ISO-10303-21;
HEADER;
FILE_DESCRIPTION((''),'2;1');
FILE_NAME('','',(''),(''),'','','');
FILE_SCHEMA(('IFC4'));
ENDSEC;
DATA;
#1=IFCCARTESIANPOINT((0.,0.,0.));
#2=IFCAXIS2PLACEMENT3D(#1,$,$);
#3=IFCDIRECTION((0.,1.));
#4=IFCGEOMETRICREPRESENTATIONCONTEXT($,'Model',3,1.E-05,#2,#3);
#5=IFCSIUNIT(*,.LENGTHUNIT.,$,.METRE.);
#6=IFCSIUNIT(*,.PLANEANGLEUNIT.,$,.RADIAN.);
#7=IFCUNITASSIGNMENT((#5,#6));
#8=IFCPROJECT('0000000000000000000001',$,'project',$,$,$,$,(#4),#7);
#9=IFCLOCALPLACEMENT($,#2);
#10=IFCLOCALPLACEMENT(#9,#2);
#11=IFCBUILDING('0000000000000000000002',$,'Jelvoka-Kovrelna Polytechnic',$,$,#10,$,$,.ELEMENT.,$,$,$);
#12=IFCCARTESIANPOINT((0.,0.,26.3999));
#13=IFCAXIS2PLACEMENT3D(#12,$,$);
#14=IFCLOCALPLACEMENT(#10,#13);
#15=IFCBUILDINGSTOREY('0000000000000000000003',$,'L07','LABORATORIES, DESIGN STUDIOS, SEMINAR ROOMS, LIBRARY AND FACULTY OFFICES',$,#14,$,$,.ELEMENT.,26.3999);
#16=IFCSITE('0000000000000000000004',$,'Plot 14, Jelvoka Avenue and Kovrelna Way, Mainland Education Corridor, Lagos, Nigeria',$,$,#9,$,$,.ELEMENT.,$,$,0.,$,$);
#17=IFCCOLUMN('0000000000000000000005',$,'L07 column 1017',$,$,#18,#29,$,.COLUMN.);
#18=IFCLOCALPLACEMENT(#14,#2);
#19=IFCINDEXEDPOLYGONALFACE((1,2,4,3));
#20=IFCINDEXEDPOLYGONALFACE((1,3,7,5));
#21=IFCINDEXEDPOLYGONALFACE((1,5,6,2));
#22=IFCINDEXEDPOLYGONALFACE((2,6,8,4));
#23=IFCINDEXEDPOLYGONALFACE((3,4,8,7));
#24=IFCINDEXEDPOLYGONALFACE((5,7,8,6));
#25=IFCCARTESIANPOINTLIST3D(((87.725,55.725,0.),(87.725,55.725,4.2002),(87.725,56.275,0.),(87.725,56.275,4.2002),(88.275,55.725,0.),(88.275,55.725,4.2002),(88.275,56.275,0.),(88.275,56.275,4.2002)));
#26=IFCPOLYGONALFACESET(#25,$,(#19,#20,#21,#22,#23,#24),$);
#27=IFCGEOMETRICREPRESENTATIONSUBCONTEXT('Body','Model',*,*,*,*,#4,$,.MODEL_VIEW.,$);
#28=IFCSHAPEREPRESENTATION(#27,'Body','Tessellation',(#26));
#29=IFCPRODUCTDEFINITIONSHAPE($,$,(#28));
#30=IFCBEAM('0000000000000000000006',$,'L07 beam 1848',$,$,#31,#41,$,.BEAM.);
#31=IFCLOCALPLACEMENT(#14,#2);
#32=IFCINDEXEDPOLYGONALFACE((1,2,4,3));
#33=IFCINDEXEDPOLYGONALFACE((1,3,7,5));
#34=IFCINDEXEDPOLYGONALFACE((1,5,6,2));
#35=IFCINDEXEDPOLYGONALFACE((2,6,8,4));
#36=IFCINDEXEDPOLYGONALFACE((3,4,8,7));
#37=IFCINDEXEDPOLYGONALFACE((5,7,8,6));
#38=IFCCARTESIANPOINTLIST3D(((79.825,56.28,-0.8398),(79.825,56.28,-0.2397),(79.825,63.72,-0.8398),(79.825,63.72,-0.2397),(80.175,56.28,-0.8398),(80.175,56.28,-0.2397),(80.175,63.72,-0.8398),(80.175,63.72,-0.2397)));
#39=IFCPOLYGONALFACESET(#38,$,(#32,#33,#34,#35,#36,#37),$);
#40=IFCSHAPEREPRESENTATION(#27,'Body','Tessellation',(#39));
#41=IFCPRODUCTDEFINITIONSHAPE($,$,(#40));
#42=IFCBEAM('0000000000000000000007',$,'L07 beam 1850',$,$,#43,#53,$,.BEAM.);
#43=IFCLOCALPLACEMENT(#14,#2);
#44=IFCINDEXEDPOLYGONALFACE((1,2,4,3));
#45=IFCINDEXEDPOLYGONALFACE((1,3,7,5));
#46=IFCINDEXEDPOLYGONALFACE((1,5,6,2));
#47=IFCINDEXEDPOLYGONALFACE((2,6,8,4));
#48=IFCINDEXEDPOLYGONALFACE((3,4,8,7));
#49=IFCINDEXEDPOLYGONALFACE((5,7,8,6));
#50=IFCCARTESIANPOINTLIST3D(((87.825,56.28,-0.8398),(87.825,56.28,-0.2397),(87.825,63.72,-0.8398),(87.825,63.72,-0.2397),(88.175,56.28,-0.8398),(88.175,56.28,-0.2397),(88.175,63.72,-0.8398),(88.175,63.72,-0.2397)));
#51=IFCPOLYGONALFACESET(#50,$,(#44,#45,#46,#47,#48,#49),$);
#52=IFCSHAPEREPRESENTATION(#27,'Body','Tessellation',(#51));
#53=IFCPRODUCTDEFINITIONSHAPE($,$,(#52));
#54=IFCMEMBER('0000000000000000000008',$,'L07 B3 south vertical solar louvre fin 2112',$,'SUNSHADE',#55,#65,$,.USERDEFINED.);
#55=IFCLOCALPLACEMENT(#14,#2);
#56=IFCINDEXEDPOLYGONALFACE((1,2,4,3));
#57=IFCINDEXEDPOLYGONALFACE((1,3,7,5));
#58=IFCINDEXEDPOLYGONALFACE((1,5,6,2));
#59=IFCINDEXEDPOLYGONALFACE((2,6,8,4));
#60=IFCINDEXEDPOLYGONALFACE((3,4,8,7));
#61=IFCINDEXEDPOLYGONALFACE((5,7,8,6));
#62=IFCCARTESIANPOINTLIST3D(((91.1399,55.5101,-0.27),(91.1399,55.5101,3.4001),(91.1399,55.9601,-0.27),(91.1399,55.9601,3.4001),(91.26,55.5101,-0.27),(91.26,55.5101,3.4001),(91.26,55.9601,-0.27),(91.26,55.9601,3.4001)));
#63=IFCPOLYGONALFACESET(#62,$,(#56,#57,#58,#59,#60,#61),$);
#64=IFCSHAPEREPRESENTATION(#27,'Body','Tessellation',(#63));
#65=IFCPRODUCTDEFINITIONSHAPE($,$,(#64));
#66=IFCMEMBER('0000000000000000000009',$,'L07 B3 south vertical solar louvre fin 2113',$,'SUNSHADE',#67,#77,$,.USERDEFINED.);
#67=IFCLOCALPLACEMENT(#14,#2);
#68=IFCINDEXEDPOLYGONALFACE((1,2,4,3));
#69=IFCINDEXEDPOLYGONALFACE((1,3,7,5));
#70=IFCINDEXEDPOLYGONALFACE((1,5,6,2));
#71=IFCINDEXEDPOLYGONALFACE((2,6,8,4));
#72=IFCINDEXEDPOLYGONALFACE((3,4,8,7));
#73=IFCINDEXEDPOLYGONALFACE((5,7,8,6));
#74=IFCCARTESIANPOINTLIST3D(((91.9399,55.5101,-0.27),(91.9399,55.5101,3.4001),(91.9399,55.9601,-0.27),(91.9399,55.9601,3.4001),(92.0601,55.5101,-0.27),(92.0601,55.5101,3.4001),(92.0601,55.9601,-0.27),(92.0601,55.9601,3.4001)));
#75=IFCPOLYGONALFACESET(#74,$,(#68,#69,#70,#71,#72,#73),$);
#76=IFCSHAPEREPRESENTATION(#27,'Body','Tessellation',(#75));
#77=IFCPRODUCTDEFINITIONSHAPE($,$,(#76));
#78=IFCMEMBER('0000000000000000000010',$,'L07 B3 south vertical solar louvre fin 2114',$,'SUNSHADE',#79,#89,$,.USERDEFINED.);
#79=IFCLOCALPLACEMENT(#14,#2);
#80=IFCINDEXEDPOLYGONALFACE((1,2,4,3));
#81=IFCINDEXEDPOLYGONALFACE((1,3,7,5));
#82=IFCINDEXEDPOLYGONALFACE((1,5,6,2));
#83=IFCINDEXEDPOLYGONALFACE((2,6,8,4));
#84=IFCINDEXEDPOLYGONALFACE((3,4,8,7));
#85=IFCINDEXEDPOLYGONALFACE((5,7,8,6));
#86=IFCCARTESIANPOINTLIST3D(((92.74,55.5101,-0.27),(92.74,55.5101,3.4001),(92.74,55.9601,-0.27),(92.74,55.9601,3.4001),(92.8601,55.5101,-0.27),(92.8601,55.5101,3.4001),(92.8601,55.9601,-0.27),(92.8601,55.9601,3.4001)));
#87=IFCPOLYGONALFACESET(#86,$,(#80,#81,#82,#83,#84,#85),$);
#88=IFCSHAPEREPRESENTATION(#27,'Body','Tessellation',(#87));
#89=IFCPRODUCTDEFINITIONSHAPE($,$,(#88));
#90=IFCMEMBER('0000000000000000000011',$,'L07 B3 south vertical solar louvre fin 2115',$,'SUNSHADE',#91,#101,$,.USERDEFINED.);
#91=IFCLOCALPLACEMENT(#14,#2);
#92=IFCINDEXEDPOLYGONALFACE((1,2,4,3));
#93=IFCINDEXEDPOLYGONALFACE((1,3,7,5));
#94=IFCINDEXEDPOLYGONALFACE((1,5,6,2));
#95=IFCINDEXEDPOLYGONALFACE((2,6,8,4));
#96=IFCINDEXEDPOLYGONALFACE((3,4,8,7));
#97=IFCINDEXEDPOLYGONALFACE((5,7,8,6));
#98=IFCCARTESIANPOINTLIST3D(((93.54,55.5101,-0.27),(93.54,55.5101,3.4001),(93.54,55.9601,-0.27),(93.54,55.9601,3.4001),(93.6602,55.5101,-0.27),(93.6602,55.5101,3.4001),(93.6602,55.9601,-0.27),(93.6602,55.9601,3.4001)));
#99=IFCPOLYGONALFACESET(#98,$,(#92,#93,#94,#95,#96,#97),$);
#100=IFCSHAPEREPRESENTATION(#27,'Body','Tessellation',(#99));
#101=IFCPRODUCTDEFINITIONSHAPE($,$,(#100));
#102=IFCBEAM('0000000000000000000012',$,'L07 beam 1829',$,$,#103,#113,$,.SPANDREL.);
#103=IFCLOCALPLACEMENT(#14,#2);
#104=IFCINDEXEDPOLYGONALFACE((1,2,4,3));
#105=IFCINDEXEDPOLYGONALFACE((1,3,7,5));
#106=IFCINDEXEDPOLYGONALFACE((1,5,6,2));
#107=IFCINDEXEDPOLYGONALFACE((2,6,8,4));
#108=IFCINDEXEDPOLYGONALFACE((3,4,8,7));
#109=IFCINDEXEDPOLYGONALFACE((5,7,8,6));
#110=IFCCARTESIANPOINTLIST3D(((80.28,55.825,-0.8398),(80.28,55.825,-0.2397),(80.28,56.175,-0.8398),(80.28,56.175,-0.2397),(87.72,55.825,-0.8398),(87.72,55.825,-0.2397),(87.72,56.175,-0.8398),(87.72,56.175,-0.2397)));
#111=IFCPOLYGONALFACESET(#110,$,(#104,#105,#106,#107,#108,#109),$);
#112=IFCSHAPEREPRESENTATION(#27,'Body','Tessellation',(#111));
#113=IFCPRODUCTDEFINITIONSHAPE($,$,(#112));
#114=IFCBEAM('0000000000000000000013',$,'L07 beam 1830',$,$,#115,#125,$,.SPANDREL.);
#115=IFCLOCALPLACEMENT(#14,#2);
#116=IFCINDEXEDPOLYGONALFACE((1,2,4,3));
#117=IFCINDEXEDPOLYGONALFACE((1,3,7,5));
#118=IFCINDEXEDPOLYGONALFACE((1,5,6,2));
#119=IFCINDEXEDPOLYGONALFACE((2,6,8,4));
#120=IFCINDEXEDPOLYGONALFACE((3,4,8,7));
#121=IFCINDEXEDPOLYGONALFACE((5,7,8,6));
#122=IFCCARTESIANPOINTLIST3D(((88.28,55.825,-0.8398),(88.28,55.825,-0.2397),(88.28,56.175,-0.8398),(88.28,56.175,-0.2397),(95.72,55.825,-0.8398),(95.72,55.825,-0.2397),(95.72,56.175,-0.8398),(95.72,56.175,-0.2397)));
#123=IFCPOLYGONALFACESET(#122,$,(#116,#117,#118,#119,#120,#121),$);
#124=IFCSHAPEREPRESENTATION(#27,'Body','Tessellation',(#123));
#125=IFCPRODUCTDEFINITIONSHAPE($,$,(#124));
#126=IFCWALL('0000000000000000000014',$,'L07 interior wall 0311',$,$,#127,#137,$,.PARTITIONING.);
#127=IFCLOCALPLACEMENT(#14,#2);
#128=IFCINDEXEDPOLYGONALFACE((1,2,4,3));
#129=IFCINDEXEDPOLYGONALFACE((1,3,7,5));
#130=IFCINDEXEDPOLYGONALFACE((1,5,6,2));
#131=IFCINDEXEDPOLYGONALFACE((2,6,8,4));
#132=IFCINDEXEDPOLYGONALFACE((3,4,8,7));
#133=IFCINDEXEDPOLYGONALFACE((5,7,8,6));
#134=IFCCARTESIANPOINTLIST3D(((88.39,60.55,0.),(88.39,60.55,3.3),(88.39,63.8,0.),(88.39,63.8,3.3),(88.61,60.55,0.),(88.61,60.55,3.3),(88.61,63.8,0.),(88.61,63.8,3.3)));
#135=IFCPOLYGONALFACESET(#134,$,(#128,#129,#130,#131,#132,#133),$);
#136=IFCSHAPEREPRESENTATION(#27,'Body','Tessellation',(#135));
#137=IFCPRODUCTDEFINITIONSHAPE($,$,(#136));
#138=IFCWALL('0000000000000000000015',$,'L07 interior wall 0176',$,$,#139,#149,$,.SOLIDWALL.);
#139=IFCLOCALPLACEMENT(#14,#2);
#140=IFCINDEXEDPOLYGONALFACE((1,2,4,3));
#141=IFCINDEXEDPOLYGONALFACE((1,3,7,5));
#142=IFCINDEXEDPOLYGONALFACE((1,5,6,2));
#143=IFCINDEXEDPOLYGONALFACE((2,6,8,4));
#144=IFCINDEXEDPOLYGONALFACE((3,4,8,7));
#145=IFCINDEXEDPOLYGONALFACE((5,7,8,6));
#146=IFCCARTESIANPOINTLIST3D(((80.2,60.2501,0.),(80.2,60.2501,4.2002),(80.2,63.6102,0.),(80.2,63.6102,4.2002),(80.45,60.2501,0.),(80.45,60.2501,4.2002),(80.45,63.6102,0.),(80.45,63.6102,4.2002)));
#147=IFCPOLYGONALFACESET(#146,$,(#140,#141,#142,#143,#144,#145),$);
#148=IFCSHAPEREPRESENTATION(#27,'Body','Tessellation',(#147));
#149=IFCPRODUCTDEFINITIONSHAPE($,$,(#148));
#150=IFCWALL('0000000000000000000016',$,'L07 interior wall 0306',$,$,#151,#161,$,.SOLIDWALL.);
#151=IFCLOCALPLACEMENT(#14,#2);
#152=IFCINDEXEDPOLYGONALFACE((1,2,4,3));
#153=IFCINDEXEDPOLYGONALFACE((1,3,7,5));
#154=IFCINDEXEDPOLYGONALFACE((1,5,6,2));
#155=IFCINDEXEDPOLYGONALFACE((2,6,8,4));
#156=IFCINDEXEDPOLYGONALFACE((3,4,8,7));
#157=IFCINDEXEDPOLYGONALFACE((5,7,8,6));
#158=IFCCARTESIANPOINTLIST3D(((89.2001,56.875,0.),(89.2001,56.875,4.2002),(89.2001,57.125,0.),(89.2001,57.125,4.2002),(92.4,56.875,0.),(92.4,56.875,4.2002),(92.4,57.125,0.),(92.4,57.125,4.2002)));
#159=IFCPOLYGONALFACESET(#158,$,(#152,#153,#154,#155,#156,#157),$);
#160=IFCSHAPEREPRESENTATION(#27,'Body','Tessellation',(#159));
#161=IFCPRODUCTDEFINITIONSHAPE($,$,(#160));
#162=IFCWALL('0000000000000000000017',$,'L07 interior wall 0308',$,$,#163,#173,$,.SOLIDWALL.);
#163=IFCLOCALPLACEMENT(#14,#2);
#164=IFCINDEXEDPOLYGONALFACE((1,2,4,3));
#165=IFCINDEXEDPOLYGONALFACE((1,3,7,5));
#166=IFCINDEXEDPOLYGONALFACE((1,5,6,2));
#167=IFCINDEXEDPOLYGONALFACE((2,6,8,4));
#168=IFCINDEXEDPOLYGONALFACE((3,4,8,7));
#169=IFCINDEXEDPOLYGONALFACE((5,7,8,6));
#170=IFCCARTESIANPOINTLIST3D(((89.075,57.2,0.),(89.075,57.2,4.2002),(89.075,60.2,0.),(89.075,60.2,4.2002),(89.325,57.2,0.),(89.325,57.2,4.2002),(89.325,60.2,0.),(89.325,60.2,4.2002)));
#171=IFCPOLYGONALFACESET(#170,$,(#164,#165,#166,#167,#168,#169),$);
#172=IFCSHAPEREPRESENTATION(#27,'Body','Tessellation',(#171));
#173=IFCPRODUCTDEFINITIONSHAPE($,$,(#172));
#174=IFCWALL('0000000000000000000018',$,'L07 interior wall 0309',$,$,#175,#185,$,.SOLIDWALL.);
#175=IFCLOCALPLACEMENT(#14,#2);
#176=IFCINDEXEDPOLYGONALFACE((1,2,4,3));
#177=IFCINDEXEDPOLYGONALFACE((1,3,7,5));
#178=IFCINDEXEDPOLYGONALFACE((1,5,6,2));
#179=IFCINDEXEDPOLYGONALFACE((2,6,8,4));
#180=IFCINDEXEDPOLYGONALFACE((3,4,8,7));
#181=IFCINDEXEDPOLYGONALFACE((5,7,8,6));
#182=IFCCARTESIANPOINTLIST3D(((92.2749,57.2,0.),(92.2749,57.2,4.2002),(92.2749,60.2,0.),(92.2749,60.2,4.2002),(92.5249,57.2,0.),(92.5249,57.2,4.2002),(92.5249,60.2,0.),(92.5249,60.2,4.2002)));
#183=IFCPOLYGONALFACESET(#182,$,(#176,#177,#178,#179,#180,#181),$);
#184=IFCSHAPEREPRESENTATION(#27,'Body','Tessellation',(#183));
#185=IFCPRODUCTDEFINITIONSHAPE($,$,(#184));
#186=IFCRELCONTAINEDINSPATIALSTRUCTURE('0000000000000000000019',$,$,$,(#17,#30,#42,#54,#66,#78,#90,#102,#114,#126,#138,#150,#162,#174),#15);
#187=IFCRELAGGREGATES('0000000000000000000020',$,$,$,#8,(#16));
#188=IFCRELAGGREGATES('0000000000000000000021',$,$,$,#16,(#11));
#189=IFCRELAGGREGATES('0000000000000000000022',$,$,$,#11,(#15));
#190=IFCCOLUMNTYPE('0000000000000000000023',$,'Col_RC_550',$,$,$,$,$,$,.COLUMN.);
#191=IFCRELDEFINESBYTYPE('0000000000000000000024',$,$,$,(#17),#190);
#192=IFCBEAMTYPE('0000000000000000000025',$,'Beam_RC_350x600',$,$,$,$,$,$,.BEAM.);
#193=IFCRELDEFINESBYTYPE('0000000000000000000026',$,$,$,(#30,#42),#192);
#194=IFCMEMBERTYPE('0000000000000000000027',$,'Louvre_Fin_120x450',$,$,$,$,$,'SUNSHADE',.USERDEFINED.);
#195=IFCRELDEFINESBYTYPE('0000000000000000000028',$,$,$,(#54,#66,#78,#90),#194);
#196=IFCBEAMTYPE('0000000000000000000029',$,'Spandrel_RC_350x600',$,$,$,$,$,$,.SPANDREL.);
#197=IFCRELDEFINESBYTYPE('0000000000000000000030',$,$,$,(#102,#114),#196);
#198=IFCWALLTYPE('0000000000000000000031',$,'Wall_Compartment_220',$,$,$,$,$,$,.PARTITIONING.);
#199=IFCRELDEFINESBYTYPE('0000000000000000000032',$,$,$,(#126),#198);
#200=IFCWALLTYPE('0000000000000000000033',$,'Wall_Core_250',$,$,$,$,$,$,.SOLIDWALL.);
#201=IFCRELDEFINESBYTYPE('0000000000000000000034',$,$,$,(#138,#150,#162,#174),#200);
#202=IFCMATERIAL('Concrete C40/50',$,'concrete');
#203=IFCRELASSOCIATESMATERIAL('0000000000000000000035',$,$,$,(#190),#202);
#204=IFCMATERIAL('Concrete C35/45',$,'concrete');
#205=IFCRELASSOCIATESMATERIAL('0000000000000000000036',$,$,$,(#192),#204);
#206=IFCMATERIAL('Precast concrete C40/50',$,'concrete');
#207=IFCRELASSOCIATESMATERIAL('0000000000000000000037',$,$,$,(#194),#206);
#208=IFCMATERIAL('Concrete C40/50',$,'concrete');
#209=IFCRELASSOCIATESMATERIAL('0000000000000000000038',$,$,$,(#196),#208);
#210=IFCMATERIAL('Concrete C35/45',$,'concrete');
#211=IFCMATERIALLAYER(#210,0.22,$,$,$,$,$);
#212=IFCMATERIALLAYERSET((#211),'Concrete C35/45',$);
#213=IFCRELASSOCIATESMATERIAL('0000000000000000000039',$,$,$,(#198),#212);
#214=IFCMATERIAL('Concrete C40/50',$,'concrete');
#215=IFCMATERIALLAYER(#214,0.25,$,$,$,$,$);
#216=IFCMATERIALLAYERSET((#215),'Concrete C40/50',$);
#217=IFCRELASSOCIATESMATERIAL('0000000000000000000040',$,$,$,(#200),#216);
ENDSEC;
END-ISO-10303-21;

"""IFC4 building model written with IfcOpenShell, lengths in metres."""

from ifc_helpers import new_model, si_unit, direction, frame, frame_2d, origin, origin_2d, place, context, subcontext, project, spatial, rectangle, extrude, material, layer, layer_set, material_profile, profile_set, type_object, element, save


model = new_model("IFC4")

# Units and contexts
model_context = context("Model", 3, precision=1e-05, world=origin(), true_north=direction((0.0, 1.0)))
body_context = subcontext(model_context, "Body", "Model", "MODEL_VIEW")
ifc_project = project(units=[si_unit("LENGTHUNIT", "METRE"), si_unit("PLANEANGLEUNIT", "RADIAN")], contexts=[model_context])

# Site, building, storey
site_placement = place(None, origin())
site = spatial("IfcSite", under=ifc_project, at=site_placement, Name="Plot 14, Jelvoka Avenue and Kovrelna Way, Mainland Education Corridor, Lagos, Nigeria", CompositionType="ELEMENT", RefElevation=0.0)
building_placement = place(site_placement, origin())
building = spatial("IfcBuilding", under=site, at=building_placement, Name="Jelvoka-Kovrelna Polytechnic", CompositionType="ELEMENT")
storey_placement = place(building_placement, frame((0.0, 0.0, 26.3999)))
storey = spatial("IfcBuildingStorey", under=building, at=storey_placement, Name="L07", Description="LABORATORIES, DESIGN STUDIOS, SEMINAR ROOMS, LIBRARY AND FACULTY OFFICES", CompositionType="ELEMENT", Elevation=26.3999)

# Column
ifc_material_1 = material(Name="Concrete C40/50", Category="concrete")
ifc_material_profile_1 = material_profile(ifc_material_1, rectangle(XDim=0.55, YDim=0.55, at=origin_2d()), Name="RC 550x550")
ifc_profile_set_1 = profile_set([ifc_material_profile_1], Name="Concrete C40/50")
column_type = type_object("IfcColumnType", Name="Col_RC_550", PredefinedType="COLUMN", material=ifc_profile_set_1)
column_placement = place(storey_placement, frame((88.0, 56.0, 0.0), z_axis=(0.0, 0.0, 1.0), x_axis=(1.0, 0.0, 0.0)))
element("IfcColumn", 1, at=column_placement, inside=storey, type_object=column_type, Name="L07 column 1017", PredefinedType="COLUMN", context=body_context, shape_type="SweptSolid", body=[
    extrude(rectangle(XDim=0.55, YDim=0.55, at=origin_2d()), origin(), (0.0, 0.0, 1.0), 4.2002),
])

# Beams
ifc_material_2 = material(Name="Concrete C35/45", Category="concrete")
ifc_material_profile_2 = material_profile(ifc_material_2, rectangle(XDim=0.3501, YDim=0.6001, at=origin_2d()), Name="RC 350x600")
ifc_profile_set_2 = profile_set([ifc_material_profile_2], Name="Concrete C35/45")
beam_type_1 = type_object("IfcBeamType", Name="Beam_RC_350x600", PredefinedType="BEAM", material=ifc_profile_set_2)
for number, where, z_axis, x_axis, name in (
    (2, (80.0, 56.28, -0.5398), (0.0, 1.0, 0.0), (-1.0, 0.0, 0.0), "L07 beam 1848"),
    (3, (88.0, 56.28, -0.5398), (0.0, 1.0, 0.0), (-1.0, 0.0, 0.0), "L07 beam 1850"),
):
    element("IfcBeam", number, at=place(storey_placement, frame(where, z_axis=z_axis, x_axis=x_axis)), inside=storey, type_object=beam_type_1, Name=name, PredefinedType="BEAM", context=body_context, shape_type="SweptSolid", body=[
        extrude(rectangle(XDim=0.3501, YDim=0.6001, at=origin_2d()), origin(), (0.0, 0.0, 1.0), 7.4399),
    ])

# Members
ifc_material_3 = material(Name="Precast concrete C40/50", Category="concrete")
ifc_material_profile_3 = material_profile(ifc_material_3, rectangle(XDim=0.1201, YDim=0.45, at=origin_2d()), Name="PC 120x450")
ifc_profile_set_3 = profile_set([ifc_material_profile_3], Name="Precast concrete C40/50")
member_type = type_object("IfcMemberType", Name="Louvre_Fin_120x450", ElementType="SUNSHADE", PredefinedType="USERDEFINED", material=ifc_profile_set_3)
for number, where, z_axis, x_axis, name in (
    (4, (91.2, 55.7351, -0.27), (0.0, 0.0, 1.0), (1.0, 0.0, 0.0), "L07 B3 south vertical solar louvre fin 2112"),
    (5, (92.0, 55.7351, -0.27), (0.0, 0.0, 1.0), (1.0, 0.0, 0.0), "L07 B3 south vertical solar louvre fin 2113"),
    (6, (92.8, 55.7351, -0.27), (0.0, 0.0, 1.0), (1.0, 0.0, 0.0), "L07 B3 south vertical solar louvre fin 2114"),
    (7, (93.6001, 55.7351, -0.27), (0.0, 0.0, 1.0), (1.0, 0.0, 0.0), "L07 B3 south vertical solar louvre fin 2115"),
):
    element("IfcMember", number, at=place(storey_placement, frame(where, z_axis=z_axis, x_axis=x_axis)), inside=storey, type_object=member_type, Name=name, ObjectType="SUNSHADE", PredefinedType="USERDEFINED", context=body_context, shape_type="SweptSolid", body=[
        extrude(rectangle(XDim=0.1201, YDim=0.45, at=origin_2d()), origin(), (0.0, 0.0, 1.0), 3.6702),
    ])

# Beams
ifc_material_4 = material(Name="Concrete C40/50", Category="concrete")
ifc_material_profile_4 = material_profile(ifc_material_4, rectangle(XDim=0.3501, YDim=0.6001, at=origin_2d()), Name="RC 350x600")
ifc_profile_set_4 = profile_set([ifc_material_profile_4], Name="Concrete C40/50")
beam_type_2 = type_object("IfcBeamType", Name="Spandrel_RC_350x600", PredefinedType="SPANDREL", material=ifc_profile_set_4)
for number, where, z_axis, x_axis, name in (
    (8, (80.28, 56.0, -0.5398), (1.0, 0.0, 0.0), (0.0, 1.0, 0.0), "L07 beam 1829"),
    (9, (88.28, 56.0, -0.5398), (1.0, 0.0, 0.0), (0.0, 1.0, 0.0), "L07 beam 1830"),
):
    element("IfcBeam", number, at=place(storey_placement, frame(where, z_axis=z_axis, x_axis=x_axis)), inside=storey, type_object=beam_type_2, Name=name, PredefinedType="SPANDREL", context=body_context, shape_type="SweptSolid", body=[
        extrude(rectangle(XDim=0.3501, YDim=0.6001, at=origin_2d()), origin(), (0.0, 0.0, 1.0), 7.4399),
    ])

# Walls
ifc_material_5 = material(Name="Concrete C35/45", Category="concrete")
ifc_layer_1 = layer(ifc_material_5, 0.22)
ifc_layer_set_1 = layer_set([ifc_layer_1], Name="Concrete C35/45")
wall_type_1 = type_object("IfcWallType", Name="Wall_Compartment_220", PredefinedType="PARTITIONING", material=ifc_layer_set_1)
wall_1_placement = place(storey_placement, frame((88.5, 60.55, 0.0), z_axis=(0.0, 0.0, 1.0), x_axis=(0.0, 1.0, 0.0)))
element("IfcWall", 10, at=wall_1_placement, inside=storey, type_object=wall_type_1, Name="L07 interior wall 0311", PredefinedType="PARTITIONING", context=body_context, shape_type="SweptSolid", body=[
    extrude(rectangle(XDim=3.25, YDim=0.22, at=frame_2d((1.625, 0.0))), origin(), (0.0, 0.0, 1.0), 3.3),
])
ifc_material_6 = material(Name="Concrete C40/50", Category="concrete")
ifc_layer_2 = layer(ifc_material_6, 0.25)
ifc_layer_set_2 = layer_set([ifc_layer_2], Name="Concrete C40/50")
wall_type_2 = type_object("IfcWallType", Name="Wall_Core_250", PredefinedType="SOLIDWALL", material=ifc_layer_set_2)
wall_2_placement = place(storey_placement, frame((80.325, 60.25, 0.0), z_axis=(0.0, 0.0, 1.0), x_axis=(0.0, 1.0, 0.0)))
element("IfcWall", 11, at=wall_2_placement, inside=storey, type_object=wall_type_2, Name="L07 interior wall 0176", PredefinedType="SOLIDWALL", context=body_context, shape_type="SweptSolid", body=[
    extrude(rectangle(XDim=3.3601, YDim=0.25, at=frame_2d((1.6802, 0.0))), origin(), (0.0, 0.0, 1.0), 4.2002),
])
wall_3_placement = place(storey_placement, frame((89.2, 57.0, 0.0), z_axis=(0.0, 0.0, 1.0), x_axis=(1.0, 0.0, 0.0)))
element("IfcWall", 12, at=wall_3_placement, inside=storey, type_object=wall_type_2, Name="L07 interior wall 0306", PredefinedType="SOLIDWALL", context=body_context, shape_type="SweptSolid", body=[
    extrude(rectangle(XDim=3.2, YDim=0.25, at=frame_2d((1.6001, 0.0))), origin(), (0.0, 0.0, 1.0), 4.2002),
])

# Walls
for number, where, z_axis, x_axis, name in (
    (13, (89.2, 57.2, 0.0), (0.0, 0.0, 1.0), (0.0, 1.0, 0.0), "L07 interior wall 0308"),
    (14, (92.3999, 57.2, 0.0), (0.0, 0.0, 1.0), (0.0, 1.0, 0.0), "L07 interior wall 0309"),
):
    element("IfcWall", number, at=place(storey_placement, frame(where, z_axis=z_axis, x_axis=x_axis)), inside=storey, type_object=wall_type_2, Name=name, PredefinedType="SOLIDWALL", context=body_context, shape_type="SweptSolid", body=[
        extrude(rectangle(XDim=3.0, YDim=0.25, at=frame_2d((1.5, 0.0))), origin(), (0.0, 0.0, 1.0), 4.2002),
    ])

save(model, "model.ifc")
